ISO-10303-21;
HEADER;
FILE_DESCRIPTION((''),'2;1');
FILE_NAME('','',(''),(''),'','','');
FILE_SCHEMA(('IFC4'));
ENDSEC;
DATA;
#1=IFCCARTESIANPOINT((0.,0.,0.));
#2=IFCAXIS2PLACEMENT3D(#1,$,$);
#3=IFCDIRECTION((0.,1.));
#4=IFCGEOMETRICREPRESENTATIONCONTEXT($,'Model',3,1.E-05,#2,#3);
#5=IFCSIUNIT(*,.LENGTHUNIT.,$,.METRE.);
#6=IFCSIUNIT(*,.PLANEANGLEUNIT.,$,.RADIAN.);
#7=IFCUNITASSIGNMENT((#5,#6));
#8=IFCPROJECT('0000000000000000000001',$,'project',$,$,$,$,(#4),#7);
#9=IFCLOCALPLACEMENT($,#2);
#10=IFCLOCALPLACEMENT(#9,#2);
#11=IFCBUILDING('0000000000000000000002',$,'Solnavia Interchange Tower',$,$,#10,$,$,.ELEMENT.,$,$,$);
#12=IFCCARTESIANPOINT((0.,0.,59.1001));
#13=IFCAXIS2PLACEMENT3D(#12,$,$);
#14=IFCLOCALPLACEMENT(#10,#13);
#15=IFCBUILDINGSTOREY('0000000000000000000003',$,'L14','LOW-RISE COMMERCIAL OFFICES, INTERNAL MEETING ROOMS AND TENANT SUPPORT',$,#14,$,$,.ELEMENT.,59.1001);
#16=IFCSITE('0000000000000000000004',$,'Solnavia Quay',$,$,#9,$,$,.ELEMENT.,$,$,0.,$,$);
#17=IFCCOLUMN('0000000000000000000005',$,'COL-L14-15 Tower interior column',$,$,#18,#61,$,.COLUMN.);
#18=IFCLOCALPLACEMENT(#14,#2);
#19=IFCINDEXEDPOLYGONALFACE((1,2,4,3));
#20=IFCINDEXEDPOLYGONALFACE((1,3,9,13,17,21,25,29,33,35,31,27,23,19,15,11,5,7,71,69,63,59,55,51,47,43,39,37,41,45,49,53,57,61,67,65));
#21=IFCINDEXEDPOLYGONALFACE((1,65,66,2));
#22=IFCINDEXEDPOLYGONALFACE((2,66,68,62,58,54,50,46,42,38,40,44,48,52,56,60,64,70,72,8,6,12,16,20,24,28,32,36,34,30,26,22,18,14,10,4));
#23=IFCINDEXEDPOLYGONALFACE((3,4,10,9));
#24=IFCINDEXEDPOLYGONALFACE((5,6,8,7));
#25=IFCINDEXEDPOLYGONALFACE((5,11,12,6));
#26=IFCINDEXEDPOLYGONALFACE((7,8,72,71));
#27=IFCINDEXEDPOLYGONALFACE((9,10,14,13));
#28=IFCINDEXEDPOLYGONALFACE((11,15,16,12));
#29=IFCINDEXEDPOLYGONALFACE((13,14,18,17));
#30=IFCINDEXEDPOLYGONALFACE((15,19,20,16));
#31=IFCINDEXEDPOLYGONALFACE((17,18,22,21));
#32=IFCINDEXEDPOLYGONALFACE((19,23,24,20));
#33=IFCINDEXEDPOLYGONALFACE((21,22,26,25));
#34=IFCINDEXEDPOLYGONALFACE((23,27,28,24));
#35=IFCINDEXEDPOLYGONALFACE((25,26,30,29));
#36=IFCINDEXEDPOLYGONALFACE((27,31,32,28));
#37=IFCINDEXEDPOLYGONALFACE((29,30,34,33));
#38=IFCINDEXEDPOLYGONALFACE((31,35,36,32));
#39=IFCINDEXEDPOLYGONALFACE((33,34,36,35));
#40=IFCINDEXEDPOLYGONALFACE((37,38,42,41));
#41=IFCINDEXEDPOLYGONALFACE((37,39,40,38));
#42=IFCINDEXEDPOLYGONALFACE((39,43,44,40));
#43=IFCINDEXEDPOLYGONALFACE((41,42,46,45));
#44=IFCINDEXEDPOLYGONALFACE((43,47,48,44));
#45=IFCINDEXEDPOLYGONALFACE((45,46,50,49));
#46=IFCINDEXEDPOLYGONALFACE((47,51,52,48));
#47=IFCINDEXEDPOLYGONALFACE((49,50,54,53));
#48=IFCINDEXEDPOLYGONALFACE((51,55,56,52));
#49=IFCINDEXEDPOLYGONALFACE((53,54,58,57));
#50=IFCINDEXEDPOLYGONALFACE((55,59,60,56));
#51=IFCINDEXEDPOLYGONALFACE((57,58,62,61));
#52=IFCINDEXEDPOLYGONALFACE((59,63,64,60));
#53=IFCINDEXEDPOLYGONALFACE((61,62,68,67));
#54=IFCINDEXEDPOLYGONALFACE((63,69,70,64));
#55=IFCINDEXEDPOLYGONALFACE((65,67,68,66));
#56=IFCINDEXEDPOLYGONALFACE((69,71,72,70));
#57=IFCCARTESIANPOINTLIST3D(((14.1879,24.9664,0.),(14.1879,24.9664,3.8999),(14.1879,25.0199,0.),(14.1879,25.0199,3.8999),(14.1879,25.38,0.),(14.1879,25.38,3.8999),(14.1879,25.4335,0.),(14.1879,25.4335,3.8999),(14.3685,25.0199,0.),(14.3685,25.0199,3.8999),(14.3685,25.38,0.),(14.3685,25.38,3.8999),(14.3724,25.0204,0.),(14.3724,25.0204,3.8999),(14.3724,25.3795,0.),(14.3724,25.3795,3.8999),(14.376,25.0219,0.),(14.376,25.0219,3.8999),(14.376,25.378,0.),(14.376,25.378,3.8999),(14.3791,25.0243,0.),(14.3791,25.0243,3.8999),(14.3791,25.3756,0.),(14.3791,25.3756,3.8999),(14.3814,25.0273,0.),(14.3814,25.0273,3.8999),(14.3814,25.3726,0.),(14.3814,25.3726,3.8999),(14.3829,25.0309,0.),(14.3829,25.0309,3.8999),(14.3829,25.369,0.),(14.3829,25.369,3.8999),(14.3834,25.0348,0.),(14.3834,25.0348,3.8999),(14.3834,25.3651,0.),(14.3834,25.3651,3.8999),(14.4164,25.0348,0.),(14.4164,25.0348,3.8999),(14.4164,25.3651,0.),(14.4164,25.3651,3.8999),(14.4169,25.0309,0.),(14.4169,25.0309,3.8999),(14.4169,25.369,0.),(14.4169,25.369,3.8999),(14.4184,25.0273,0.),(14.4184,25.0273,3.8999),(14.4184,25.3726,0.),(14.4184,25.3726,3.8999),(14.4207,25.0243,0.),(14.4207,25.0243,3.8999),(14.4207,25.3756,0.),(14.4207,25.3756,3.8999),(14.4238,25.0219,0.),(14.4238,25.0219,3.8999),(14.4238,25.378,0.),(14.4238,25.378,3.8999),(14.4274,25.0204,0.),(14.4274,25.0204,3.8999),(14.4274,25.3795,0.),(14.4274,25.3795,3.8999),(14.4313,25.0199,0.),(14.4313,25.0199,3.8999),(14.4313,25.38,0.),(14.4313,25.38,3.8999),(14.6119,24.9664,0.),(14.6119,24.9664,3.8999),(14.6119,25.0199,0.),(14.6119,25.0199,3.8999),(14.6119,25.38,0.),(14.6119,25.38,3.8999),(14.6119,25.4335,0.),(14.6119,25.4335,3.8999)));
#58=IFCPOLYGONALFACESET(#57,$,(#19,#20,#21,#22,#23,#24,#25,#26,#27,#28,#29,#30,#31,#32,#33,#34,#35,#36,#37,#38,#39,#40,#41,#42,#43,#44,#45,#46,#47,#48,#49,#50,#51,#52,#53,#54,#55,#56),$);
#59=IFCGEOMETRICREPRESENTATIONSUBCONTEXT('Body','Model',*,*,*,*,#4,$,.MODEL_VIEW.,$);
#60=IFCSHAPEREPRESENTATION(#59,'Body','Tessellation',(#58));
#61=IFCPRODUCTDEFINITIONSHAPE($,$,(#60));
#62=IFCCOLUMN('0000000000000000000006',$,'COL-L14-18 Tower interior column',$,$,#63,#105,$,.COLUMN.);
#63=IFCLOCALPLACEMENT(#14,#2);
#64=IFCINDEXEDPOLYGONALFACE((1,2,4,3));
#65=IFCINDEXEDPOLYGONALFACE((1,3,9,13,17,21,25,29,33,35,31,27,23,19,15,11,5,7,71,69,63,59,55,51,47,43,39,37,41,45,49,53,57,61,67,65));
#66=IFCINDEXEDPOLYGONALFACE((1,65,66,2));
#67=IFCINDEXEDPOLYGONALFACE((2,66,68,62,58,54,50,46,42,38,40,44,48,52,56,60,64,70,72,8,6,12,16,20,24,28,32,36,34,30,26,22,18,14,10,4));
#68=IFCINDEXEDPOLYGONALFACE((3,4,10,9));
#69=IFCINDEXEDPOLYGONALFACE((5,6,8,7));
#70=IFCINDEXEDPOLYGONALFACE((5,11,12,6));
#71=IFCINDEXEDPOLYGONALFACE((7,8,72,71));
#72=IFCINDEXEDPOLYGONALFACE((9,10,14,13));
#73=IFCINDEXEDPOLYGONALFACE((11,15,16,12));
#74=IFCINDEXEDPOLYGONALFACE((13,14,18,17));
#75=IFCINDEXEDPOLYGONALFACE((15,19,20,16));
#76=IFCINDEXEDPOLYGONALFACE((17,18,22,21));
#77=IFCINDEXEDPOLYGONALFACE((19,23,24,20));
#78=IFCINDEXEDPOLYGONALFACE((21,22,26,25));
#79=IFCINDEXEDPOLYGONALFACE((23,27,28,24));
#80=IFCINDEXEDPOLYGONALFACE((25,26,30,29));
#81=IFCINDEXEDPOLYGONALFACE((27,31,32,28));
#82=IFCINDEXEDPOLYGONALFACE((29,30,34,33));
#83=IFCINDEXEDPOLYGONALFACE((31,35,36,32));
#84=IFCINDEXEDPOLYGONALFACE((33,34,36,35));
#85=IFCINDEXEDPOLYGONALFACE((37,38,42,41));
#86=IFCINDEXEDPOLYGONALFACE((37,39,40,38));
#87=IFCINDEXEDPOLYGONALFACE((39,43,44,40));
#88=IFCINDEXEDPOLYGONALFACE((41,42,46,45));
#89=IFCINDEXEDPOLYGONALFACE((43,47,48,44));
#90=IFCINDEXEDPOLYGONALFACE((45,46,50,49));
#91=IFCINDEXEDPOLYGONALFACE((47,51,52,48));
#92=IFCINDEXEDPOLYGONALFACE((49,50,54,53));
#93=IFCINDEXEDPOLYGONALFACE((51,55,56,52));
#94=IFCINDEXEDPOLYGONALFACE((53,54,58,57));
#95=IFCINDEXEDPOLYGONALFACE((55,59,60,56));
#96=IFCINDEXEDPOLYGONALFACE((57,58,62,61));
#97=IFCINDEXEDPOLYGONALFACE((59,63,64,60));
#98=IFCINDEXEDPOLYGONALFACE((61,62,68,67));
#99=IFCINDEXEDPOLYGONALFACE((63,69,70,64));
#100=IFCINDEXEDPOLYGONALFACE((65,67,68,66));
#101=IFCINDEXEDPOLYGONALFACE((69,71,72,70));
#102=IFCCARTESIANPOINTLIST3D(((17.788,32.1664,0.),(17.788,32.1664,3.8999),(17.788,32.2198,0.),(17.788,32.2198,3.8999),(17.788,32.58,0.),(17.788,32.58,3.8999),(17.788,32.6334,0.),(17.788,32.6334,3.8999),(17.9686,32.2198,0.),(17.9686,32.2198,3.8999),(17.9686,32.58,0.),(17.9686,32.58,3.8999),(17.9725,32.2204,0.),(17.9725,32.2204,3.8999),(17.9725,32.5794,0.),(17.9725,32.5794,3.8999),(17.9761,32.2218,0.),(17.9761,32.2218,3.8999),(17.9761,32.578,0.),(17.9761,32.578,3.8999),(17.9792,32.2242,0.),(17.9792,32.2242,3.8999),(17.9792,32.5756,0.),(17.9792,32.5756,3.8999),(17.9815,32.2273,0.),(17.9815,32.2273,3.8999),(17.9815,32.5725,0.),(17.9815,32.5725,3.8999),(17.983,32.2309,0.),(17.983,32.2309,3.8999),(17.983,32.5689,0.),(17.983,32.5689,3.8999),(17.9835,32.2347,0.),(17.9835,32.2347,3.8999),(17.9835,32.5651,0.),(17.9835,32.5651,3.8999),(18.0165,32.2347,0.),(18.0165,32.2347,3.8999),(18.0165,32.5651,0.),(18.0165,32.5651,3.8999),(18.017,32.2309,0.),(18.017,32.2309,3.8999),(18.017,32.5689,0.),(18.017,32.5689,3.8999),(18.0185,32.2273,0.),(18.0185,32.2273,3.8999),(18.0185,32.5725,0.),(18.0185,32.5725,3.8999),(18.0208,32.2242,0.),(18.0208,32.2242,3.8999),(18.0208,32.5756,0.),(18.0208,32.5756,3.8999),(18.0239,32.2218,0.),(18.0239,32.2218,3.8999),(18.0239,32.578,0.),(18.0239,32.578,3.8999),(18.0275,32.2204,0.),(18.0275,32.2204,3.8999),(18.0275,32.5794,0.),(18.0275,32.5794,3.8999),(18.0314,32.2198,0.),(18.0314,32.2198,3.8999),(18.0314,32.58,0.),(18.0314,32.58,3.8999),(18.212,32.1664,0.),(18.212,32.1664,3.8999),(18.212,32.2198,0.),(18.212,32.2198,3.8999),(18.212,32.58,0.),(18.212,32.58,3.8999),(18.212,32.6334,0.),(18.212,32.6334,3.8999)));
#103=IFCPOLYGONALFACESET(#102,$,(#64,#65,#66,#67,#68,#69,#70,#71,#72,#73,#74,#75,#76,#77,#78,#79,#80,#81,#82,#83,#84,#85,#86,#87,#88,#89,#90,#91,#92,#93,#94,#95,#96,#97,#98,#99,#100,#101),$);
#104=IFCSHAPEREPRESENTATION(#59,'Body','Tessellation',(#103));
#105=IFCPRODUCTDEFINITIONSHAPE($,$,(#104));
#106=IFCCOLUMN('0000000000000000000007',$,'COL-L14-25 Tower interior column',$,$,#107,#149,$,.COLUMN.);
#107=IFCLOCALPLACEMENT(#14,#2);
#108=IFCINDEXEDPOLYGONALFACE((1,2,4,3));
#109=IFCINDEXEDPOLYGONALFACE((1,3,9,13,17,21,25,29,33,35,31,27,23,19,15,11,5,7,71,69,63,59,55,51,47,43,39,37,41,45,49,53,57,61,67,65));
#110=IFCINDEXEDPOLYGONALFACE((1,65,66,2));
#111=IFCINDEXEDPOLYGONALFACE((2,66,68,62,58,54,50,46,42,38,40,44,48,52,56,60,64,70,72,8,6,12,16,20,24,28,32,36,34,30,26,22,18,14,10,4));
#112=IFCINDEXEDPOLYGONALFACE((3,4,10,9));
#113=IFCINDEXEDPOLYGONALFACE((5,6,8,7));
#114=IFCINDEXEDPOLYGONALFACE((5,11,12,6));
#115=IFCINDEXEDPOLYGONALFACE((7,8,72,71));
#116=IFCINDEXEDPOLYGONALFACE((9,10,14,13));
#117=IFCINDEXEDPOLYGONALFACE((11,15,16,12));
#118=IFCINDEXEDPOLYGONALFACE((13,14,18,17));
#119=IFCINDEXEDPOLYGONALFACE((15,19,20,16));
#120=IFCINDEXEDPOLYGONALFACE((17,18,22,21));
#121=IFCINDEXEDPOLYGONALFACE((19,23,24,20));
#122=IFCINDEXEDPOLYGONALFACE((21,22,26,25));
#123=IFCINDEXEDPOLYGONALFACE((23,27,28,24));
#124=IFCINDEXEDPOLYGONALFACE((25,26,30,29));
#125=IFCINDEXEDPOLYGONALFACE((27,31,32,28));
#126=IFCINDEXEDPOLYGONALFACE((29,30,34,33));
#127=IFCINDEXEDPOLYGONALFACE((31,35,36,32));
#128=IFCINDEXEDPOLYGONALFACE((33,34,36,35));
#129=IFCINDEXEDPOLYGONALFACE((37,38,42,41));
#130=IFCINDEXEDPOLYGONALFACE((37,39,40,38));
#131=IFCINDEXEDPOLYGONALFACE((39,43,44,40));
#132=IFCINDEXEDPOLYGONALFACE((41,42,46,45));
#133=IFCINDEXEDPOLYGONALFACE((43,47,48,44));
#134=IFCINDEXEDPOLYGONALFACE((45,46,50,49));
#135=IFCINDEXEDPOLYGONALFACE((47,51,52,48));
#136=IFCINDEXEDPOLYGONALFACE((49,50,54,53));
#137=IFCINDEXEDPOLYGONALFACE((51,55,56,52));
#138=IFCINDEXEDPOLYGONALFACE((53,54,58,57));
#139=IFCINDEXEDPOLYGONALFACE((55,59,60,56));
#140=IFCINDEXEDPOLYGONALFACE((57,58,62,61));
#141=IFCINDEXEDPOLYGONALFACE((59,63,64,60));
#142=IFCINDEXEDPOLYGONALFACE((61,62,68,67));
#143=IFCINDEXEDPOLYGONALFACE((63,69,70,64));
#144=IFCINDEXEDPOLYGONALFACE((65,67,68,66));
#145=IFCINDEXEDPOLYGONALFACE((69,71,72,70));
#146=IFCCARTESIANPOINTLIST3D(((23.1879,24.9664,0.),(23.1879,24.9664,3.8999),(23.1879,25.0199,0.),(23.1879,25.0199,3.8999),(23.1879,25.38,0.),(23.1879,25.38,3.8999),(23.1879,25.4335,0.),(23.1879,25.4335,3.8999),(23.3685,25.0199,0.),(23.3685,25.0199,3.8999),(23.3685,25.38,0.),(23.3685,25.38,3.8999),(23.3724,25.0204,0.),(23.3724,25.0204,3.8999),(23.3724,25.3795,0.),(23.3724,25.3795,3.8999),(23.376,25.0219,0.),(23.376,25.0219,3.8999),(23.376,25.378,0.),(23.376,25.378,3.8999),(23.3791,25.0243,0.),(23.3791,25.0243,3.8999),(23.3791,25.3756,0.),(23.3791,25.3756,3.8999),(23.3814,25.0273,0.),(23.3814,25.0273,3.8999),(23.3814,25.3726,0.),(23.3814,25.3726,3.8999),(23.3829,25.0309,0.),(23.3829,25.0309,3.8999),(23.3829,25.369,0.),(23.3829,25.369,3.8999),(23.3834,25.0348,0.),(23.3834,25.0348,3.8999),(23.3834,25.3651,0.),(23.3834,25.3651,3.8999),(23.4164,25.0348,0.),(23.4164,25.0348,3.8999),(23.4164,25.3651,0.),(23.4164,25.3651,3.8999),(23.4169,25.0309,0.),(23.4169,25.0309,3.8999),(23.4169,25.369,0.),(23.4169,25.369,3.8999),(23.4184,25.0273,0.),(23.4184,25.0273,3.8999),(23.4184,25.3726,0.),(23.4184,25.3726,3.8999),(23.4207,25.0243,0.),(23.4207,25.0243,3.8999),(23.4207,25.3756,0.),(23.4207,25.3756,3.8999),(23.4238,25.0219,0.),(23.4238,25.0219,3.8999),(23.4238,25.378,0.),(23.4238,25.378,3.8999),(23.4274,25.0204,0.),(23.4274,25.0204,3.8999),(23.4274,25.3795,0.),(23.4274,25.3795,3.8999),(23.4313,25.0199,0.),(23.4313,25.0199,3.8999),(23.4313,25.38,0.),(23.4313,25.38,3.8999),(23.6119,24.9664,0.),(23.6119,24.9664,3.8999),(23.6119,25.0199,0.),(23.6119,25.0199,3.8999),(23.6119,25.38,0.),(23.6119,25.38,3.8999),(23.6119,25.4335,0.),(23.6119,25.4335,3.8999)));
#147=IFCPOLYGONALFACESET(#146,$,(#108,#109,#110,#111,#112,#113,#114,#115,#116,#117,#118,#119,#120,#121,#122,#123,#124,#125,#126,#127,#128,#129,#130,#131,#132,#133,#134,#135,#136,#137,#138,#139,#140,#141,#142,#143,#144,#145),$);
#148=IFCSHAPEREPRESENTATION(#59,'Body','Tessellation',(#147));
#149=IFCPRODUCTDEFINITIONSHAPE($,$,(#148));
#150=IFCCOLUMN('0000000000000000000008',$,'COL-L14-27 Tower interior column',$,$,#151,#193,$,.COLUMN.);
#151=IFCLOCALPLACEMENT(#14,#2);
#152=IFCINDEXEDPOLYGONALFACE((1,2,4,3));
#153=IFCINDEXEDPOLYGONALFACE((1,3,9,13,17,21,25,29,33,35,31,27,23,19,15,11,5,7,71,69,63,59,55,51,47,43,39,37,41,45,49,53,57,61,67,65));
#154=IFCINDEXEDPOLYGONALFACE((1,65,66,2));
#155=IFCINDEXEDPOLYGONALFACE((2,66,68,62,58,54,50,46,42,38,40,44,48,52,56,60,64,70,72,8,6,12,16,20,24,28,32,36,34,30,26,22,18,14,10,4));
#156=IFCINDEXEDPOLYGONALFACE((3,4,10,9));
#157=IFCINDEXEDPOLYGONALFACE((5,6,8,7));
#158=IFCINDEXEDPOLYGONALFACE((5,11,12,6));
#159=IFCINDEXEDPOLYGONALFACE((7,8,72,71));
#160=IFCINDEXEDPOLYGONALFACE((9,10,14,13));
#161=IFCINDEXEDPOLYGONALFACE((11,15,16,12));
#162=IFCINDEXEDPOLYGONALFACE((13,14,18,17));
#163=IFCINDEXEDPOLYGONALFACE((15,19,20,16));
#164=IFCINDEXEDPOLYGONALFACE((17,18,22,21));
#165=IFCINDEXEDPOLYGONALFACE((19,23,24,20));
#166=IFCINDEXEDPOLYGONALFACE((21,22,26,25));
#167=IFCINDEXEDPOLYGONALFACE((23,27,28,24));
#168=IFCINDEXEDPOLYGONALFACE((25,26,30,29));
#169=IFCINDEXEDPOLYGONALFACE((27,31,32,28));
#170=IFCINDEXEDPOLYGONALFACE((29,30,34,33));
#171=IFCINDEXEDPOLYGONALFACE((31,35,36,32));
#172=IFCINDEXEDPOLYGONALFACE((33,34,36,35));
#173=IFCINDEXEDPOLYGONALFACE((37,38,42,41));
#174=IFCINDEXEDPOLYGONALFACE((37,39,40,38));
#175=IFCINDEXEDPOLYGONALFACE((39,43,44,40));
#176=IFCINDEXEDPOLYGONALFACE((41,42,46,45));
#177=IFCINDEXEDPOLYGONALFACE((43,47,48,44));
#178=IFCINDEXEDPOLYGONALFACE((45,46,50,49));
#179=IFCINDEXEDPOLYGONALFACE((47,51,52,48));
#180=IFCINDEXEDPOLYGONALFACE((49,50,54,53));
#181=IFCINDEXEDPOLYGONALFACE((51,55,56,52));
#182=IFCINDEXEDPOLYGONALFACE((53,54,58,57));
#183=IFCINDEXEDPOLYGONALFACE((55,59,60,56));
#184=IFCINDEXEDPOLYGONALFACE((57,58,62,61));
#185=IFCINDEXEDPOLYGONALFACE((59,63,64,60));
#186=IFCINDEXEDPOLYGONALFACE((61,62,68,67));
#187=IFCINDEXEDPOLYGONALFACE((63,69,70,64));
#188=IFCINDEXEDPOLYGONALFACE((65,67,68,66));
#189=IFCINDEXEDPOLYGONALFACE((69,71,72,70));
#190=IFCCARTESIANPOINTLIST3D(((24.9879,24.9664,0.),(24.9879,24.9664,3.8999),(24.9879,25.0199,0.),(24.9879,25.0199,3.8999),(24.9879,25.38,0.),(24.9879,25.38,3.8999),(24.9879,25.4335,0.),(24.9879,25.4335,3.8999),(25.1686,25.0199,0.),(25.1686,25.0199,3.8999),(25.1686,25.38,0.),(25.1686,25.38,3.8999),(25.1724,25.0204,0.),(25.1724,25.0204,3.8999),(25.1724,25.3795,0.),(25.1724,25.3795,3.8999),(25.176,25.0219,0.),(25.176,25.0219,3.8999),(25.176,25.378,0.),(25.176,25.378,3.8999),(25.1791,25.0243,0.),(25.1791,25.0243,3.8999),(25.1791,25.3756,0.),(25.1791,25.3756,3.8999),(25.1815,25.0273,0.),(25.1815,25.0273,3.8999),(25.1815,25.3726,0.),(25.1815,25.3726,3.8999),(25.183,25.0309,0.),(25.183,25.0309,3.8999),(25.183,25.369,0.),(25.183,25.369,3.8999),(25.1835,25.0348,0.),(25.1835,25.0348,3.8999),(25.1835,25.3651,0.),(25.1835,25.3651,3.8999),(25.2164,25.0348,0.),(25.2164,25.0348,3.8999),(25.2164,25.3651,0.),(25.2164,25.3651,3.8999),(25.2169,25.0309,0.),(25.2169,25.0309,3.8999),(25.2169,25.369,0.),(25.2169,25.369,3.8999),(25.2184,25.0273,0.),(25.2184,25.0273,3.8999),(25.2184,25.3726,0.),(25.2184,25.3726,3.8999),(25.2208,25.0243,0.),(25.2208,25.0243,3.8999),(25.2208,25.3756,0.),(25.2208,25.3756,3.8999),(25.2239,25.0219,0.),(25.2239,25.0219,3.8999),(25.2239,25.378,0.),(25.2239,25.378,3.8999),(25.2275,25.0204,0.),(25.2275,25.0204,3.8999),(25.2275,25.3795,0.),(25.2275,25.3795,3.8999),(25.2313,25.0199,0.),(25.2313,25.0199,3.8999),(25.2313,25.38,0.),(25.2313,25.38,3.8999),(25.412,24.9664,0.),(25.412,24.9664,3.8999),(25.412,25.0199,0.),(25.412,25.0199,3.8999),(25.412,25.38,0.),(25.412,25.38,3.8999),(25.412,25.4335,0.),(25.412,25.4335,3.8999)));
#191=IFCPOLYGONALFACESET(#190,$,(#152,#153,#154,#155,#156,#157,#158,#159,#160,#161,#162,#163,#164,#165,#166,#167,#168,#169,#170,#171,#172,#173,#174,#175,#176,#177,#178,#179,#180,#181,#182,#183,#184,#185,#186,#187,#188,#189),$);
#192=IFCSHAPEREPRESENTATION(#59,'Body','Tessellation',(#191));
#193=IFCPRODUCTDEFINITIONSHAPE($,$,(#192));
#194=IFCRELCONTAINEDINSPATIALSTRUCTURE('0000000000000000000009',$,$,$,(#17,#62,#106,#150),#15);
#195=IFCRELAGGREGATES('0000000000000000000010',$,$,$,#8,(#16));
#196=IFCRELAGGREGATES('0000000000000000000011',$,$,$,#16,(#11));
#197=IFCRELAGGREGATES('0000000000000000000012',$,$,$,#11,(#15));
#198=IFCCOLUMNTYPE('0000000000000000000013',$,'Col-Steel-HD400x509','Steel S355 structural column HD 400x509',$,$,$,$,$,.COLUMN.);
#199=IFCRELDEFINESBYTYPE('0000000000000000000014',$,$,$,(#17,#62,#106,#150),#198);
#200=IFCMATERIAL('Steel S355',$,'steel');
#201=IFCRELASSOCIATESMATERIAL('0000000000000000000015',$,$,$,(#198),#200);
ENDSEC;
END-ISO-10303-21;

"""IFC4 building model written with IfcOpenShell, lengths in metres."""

from ifc_helpers import new_model, si_unit, direction, frame, origin, origin_2d, place, context, subcontext, project, spatial, i_section, extrude, material, material_profile, profile_set, type_object, element, save


model = new_model("IFC4")

# Units and contexts
model_context = context("Model", 3, precision=1e-05, world=origin(), true_north=direction((0.0, 1.0)))
body_context = subcontext(model_context, "Body", "Model", "MODEL_VIEW")
ifc_project = project(units=[si_unit("LENGTHUNIT", "METRE"), si_unit("PLANEANGLEUNIT", "RADIAN")], contexts=[model_context])

# Site, building, storey
site_placement = place(None, origin())
site = spatial("IfcSite", under=ifc_project, at=site_placement, Name="Solnavia Quay", CompositionType="ELEMENT", RefElevation=0.0)
building_placement = place(site_placement, origin())
building = spatial("IfcBuilding", under=site, at=building_placement, Name="Solnavia Interchange Tower", CompositionType="ELEMENT")
storey_placement = place(building_placement, frame((0.0, 0.0, 59.1001)))
storey = spatial("IfcBuildingStorey", under=building, at=storey_placement, Name="L14", Description="LOW-RISE COMMERCIAL OFFICES, INTERNAL MEETING ROOMS AND TENANT SUPPORT", CompositionType="ELEMENT", Elevation=59.1001)

# Columns
ifc_material_1 = material(Name="Steel S355", Category="steel")
ifc_material_profile_1 = material_profile(ifc_material_1, i_section(OverallWidth=0.4241, OverallDepth=0.467, WebThickness=0.033, FlangeThickness=0.0535, FilletRadius=0.0149, at=origin_2d()), Name="HD 400x509")
ifc_profile_set_1 = profile_set([ifc_material_profile_1], Name="Steel S355")
column_type = type_object("IfcColumnType", Name="Col-Steel-HD400x509", Description="Steel S355 structural column HD 400x509", PredefinedType="COLUMN", material=ifc_profile_set_1)
for number, where, z_axis, x_axis, name in (
    (1, (14.3999, 25.2, 0.0), (0.0, 0.0, 1.0), (1.0, 0.0, 0.0), "COL-L14-15 Tower interior column"),
    (2, (18.0, 32.3999, 0.0), (0.0, 0.0, 1.0), (1.0, 0.0, 0.0), "COL-L14-18 Tower interior column"),
    (3, (23.3999, 25.2, 0.0), (0.0, 0.0, 1.0), (1.0, 0.0, 0.0), "COL-L14-25 Tower interior column"),
    (4, (25.2, 25.2, 0.0), (0.0, 0.0, 1.0), (1.0, 0.0, 0.0), "COL-L14-27 Tower interior column"),
):
    element("IfcColumn", number, at=place(storey_placement, frame(where, z_axis=z_axis, x_axis=x_axis)), inside=storey, type_object=column_type, Name=name, PredefinedType="COLUMN", context=body_context, shape_type="SweptSolid", body=[
        extrude(i_section(OverallWidth=0.4241, OverallDepth=0.467, WebThickness=0.033, FlangeThickness=0.0535, FilletRadius=0.0149, at=origin_2d()), origin(), (0.0, 0.0, 1.0), 3.8999),
    ])

save(model, "model.ifc")
